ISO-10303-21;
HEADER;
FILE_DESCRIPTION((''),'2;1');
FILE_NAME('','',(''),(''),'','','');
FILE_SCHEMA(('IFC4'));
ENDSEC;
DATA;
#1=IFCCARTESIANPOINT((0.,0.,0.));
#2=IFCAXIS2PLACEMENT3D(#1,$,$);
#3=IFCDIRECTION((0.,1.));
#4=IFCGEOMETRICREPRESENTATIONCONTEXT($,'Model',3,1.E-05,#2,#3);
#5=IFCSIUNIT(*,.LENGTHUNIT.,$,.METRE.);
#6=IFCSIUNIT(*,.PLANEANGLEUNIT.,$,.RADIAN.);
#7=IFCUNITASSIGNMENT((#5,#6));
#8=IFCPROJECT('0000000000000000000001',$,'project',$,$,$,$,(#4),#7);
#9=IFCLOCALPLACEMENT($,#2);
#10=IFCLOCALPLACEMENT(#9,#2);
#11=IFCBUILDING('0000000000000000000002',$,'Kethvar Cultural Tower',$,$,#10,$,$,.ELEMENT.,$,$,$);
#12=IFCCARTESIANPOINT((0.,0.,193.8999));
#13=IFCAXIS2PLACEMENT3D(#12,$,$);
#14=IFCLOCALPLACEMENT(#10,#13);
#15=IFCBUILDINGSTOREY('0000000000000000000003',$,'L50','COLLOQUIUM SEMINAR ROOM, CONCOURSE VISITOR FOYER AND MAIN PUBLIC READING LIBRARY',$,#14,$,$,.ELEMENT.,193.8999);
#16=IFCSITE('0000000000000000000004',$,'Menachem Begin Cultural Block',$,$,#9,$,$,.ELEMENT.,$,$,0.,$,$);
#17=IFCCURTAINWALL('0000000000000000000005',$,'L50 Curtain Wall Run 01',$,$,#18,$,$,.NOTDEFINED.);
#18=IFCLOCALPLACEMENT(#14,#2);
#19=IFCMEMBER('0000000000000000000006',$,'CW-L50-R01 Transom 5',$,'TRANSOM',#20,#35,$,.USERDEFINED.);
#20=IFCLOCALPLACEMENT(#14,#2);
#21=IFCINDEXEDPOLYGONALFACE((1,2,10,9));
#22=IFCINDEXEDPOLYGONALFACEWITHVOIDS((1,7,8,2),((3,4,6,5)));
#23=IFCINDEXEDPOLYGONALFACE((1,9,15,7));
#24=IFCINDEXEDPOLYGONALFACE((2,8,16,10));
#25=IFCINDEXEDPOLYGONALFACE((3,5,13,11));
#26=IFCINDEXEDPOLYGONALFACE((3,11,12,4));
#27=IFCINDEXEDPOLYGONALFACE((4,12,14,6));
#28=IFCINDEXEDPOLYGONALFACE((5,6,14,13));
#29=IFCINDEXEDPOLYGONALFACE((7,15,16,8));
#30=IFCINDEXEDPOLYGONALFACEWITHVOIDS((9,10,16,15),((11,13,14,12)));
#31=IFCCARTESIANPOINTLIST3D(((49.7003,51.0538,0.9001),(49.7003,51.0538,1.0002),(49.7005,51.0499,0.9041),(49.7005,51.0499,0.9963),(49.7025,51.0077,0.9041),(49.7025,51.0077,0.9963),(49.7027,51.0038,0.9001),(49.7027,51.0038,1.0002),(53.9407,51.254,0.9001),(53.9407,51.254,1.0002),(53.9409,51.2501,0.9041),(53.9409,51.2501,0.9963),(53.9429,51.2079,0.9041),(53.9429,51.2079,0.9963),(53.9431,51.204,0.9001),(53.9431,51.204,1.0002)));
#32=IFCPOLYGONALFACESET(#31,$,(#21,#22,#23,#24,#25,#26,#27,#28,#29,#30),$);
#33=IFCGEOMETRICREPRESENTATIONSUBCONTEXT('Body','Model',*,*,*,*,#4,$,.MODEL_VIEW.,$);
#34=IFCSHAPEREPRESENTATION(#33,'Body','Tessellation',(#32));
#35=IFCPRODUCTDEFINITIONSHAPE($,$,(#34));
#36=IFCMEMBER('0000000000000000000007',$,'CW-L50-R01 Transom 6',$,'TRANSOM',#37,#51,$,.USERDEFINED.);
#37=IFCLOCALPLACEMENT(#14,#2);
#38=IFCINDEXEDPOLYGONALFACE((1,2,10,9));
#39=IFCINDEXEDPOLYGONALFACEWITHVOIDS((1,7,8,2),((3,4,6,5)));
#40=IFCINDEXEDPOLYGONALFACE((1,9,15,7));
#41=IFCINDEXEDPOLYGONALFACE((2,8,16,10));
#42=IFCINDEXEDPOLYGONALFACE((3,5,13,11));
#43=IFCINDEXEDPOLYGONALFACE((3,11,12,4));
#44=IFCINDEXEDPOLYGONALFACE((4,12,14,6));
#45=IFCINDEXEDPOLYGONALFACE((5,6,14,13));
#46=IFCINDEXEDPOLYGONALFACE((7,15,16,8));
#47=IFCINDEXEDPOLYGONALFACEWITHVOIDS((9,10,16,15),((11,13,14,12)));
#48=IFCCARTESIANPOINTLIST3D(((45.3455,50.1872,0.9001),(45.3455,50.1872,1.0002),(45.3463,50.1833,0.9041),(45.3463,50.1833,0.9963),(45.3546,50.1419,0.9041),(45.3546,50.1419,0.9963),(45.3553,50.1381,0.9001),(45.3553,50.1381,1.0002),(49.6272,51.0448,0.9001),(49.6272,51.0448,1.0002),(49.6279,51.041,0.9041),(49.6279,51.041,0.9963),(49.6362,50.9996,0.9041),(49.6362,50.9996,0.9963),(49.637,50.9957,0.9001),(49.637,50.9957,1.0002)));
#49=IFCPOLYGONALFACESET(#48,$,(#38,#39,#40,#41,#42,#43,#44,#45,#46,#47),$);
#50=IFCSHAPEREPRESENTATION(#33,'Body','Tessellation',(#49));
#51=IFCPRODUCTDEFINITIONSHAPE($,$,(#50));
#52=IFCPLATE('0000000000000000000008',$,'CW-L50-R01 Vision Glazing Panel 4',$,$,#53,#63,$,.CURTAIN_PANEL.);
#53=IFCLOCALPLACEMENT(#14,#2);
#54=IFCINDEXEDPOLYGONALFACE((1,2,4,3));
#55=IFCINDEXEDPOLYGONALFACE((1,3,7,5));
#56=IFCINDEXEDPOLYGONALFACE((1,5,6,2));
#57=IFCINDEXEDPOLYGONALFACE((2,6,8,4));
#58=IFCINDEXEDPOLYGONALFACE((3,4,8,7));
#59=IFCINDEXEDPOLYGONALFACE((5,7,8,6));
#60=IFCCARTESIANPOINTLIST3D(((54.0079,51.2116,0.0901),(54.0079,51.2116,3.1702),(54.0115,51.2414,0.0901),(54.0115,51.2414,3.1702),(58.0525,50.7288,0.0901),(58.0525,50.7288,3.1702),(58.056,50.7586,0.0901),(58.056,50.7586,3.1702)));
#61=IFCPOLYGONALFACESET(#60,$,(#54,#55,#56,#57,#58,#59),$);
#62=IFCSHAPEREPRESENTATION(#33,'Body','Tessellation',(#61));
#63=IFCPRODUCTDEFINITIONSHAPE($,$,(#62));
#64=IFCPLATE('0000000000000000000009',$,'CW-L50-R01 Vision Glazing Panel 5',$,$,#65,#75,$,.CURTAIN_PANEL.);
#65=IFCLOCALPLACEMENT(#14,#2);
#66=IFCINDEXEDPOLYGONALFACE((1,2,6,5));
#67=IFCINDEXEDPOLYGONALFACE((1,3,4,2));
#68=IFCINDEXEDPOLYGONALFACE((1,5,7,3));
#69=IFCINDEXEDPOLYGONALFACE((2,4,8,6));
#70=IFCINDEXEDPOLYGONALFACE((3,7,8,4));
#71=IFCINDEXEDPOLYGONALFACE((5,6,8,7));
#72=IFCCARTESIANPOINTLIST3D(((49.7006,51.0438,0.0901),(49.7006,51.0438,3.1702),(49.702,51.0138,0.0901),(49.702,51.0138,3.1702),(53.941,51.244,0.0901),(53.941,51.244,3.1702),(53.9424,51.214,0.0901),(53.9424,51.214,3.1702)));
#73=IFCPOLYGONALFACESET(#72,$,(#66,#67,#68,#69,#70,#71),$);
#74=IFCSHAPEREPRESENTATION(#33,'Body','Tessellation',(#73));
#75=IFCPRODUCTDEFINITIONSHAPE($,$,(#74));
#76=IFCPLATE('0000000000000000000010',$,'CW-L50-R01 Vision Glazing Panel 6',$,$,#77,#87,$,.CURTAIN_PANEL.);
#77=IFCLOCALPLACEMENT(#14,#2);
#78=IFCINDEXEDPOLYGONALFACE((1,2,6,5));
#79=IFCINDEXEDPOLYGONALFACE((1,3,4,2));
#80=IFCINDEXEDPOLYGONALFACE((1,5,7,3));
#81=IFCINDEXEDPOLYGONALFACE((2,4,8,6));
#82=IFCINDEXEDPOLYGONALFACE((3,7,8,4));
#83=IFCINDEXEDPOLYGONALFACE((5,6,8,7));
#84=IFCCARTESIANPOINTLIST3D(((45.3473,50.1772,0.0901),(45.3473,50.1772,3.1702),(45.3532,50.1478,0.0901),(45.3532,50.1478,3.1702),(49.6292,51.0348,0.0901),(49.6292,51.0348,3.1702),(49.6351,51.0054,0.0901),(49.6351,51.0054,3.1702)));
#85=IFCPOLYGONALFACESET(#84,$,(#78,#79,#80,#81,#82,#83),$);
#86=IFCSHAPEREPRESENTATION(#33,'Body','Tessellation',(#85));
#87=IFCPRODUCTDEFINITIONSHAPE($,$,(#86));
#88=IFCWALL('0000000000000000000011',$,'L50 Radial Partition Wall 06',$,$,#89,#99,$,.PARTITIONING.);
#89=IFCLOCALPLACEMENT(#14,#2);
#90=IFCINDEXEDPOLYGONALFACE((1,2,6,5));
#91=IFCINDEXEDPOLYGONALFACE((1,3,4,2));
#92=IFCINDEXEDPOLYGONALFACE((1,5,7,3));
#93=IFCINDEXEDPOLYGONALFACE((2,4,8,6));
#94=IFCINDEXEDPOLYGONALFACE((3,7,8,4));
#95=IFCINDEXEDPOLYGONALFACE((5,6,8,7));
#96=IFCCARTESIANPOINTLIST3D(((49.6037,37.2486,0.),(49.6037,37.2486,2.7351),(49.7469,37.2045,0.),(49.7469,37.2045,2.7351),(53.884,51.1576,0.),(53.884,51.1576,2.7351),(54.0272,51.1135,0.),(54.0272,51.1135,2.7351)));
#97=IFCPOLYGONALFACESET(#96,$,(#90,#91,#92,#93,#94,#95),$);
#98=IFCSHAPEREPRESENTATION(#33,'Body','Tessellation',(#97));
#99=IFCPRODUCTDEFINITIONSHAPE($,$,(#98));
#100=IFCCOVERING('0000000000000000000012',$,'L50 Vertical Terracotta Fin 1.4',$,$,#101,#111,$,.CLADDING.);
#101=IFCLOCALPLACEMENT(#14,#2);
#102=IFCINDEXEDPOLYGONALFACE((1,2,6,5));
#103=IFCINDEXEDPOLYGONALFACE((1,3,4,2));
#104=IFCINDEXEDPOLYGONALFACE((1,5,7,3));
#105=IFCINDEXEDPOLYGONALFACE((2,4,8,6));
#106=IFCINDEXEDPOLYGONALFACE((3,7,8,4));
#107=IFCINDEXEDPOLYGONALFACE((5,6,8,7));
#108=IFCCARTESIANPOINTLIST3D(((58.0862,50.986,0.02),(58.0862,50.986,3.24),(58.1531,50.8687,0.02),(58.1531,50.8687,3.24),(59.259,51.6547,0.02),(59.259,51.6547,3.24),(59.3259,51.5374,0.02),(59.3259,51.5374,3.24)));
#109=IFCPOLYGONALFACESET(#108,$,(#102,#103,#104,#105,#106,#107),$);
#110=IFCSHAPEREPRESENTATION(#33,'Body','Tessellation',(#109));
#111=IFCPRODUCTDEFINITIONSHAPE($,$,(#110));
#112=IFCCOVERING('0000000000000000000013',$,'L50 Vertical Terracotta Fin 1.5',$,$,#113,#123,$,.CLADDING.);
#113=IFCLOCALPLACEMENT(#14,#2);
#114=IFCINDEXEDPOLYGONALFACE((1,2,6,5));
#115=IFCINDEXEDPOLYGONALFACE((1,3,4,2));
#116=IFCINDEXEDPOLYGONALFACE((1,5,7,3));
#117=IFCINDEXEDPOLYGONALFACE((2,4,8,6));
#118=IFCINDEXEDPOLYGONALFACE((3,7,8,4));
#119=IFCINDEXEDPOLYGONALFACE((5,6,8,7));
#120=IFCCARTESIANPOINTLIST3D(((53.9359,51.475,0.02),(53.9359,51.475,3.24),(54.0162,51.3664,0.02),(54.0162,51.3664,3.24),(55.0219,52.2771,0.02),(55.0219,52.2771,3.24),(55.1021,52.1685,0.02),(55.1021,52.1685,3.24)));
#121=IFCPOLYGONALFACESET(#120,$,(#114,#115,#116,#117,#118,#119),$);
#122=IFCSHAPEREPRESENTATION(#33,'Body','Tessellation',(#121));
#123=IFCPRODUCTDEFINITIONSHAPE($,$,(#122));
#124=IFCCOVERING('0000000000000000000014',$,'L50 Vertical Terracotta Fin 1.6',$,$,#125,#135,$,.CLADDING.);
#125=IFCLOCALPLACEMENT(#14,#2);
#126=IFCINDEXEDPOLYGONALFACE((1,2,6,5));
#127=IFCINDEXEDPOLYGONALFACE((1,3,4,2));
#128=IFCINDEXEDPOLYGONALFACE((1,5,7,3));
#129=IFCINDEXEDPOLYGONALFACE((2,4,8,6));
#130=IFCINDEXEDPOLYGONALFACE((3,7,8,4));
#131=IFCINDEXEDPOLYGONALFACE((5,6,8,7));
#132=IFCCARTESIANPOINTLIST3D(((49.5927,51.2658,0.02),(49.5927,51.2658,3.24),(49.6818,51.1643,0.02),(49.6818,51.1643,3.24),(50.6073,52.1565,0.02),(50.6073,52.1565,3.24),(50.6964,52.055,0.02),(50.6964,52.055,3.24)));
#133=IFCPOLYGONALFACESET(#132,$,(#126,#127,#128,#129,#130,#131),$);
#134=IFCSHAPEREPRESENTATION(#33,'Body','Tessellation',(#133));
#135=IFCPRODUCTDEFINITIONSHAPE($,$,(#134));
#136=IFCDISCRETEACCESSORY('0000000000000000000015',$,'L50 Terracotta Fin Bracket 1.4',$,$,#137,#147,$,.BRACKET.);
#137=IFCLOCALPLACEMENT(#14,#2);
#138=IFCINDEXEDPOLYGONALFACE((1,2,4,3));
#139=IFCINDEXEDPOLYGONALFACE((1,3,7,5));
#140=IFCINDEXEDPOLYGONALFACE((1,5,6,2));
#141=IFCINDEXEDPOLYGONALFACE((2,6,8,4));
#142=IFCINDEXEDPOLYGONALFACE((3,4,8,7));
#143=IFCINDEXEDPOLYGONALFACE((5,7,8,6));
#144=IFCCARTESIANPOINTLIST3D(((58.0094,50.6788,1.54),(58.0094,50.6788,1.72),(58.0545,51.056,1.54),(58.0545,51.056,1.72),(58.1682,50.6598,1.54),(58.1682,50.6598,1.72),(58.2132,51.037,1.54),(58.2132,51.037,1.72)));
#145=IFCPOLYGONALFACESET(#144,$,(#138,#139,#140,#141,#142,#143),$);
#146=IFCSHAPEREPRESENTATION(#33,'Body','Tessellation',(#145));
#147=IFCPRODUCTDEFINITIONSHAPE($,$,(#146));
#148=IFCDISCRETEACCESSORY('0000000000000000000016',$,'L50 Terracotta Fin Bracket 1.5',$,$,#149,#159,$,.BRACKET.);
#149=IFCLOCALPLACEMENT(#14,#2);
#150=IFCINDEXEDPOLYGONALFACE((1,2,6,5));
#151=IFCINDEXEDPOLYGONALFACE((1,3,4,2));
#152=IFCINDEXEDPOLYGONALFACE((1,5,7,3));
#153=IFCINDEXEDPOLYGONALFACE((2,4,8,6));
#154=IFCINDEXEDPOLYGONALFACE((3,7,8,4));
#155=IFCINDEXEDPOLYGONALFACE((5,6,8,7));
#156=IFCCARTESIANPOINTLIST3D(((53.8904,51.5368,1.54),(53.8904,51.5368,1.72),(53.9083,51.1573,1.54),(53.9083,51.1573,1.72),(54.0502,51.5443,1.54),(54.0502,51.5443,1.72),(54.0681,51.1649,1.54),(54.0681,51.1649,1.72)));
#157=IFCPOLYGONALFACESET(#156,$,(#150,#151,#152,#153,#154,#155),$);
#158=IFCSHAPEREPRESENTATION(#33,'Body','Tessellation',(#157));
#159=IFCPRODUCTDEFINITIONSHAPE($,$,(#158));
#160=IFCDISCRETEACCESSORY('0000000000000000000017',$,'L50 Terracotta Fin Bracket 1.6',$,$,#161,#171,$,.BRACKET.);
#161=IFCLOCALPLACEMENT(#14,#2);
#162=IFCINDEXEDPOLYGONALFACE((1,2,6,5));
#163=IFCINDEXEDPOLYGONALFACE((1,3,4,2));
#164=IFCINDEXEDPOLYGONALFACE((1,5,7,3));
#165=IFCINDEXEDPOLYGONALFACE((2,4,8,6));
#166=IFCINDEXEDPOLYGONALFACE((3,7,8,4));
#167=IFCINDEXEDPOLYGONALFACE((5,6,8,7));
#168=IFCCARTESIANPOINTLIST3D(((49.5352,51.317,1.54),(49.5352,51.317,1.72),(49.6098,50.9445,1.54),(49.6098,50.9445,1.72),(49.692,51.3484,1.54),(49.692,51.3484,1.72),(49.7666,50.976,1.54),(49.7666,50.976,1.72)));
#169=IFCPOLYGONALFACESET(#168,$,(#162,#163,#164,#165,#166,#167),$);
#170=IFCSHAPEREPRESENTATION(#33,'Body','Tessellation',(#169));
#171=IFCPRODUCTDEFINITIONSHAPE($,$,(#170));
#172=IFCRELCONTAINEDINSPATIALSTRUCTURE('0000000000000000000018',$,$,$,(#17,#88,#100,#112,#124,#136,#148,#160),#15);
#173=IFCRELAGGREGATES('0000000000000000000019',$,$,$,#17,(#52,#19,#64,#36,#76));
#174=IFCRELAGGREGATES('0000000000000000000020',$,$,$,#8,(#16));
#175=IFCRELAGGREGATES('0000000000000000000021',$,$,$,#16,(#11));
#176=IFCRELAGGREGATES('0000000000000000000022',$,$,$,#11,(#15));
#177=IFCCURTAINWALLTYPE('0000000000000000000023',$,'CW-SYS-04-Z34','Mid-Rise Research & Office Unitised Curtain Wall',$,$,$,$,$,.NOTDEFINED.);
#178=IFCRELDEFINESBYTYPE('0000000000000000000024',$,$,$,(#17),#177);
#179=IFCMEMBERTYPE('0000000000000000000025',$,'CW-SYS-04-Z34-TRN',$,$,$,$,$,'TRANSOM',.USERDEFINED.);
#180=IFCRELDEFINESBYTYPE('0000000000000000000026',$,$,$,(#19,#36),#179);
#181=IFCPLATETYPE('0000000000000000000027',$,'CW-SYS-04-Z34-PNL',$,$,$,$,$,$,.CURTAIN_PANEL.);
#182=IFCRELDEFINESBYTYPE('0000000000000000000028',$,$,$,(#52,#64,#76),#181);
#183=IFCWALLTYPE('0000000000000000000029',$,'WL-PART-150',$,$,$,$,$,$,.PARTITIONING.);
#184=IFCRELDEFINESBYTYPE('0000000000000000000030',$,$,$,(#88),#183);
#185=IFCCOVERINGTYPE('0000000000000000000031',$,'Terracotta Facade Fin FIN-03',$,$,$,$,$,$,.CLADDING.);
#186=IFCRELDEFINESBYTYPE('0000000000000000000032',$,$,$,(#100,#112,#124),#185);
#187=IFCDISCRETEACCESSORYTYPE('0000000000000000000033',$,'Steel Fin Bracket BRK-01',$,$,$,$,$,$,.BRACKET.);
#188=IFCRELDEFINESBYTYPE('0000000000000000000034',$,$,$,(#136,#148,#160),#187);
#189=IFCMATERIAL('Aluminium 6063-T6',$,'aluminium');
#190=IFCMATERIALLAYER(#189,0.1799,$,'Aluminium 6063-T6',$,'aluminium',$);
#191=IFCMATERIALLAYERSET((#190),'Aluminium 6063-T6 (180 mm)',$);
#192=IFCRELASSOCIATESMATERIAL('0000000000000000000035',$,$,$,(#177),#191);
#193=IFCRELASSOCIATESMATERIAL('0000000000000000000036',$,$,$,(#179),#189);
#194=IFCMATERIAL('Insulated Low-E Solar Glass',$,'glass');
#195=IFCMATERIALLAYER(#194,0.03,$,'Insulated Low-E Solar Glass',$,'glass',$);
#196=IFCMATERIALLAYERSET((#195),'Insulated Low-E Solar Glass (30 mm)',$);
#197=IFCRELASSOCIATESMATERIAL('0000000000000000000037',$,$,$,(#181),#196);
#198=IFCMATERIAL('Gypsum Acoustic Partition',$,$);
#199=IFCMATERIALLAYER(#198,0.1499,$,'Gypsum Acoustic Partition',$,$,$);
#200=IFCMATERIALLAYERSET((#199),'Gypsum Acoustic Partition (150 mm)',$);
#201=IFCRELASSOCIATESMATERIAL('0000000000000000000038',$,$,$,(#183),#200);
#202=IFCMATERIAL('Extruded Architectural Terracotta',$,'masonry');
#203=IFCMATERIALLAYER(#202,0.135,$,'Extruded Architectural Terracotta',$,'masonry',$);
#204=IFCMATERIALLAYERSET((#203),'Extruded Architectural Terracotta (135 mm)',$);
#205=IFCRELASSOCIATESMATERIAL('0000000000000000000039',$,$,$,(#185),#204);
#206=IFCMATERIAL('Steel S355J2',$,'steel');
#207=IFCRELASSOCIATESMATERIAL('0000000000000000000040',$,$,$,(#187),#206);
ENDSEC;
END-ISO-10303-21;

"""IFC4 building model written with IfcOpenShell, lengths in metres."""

from ifc_helpers import new_model, si_unit, direction, frame, frame_2d, origin, origin_2d, place, context, subcontext, project, spatial, rectangle, hollow_rectangle, extrude, source, transform, mapped, material, layer, layer_set, material_profile, profile_set, type_object, element, aggregate, save


model = new_model("IFC4")

# Units and contexts
model_context = context("Model", 3, precision=1e-05, world=origin(), true_north=direction((0.0, 1.0)))
body_context = subcontext(model_context, "Body", "Model", "MODEL_VIEW")
ifc_project = project(units=[si_unit("LENGTHUNIT", "METRE"), si_unit("PLANEANGLEUNIT", "RADIAN")], contexts=[model_context])

# Site, building, storey
site_placement = place(None, origin())
site = spatial("IfcSite", under=ifc_project, at=site_placement, Name="Menachem Begin Cultural Block", CompositionType="ELEMENT", RefElevation=0.0)
building_placement = place(site_placement, origin())
building = spatial("IfcBuilding", under=site, at=building_placement, Name="Kethvar Cultural Tower", CompositionType="ELEMENT")
storey_placement = place(building_placement, frame((0.0, 0.0, 193.8999)))
storey = spatial("IfcBuildingStorey", under=building, at=storey_placement, Name="L50", Description="COLLOQUIUM SEMINAR ROOM, CONCOURSE VISITOR FOYER AND MAIN PUBLIC READING LIBRARY", CompositionType="ELEMENT", Elevation=193.8999)

# Shared definitions
ifc_material_1 = material(Name="Steel S355J2", Category="steel")

# Curtain wall, members, plates
ifc_material_2 = material(Name="Aluminium 6063-T6", Category="aluminium")
ifc_layer_1 = layer(ifc_material_2, 0.1799, Name="Aluminium 6063-T6", Category="aluminium")
ifc_layer_set_1 = layer_set([ifc_layer_1], Name="Aluminium 6063-T6 (180 mm)")
curtain_wall_type = type_object("IfcCurtainWallType", Name="CW-SYS-04-Z34", Description="Mid-Rise Research & Office Unitised Curtain Wall", PredefinedType="NOTDEFINED", material=ifc_layer_set_1)
curtain_wall_placement = place(storey_placement, origin())
curtain_wall = element("IfcCurtainWall", 1, at=curtain_wall_placement, inside=storey, type_object=curtain_wall_type, Name="L50 Curtain Wall Run 01", PredefinedType="NOTDEFINED")
ifc_material_profile_1 = material_profile(ifc_material_2, hollow_rectangle(XDim=0.05, YDim=0.1001, WallThickness=0.0039, at=origin_2d()), Name="Aluminium 6063-T6 — RHS100x50x4")
ifc_profile_set_1 = profile_set([ifc_material_profile_1], Name="Aluminium 6063-T6 — RHS100x50x4")
member_type_1 = type_object("IfcMemberType", Name="CW-SYS-04-Z34-TRN", ElementType="TRANSOM", PredefinedType="USERDEFINED", material=ifc_profile_set_1)
shared_shape_1 = source(origin(), body_context, "Body", "SweptSolid", [
    extrude(hollow_rectangle(XDim=0.05, YDim=0.1001, WallThickness=0.0039, at=origin_2d()), origin(), (0.0, 0.0, 1.0), 4.2451),
])
member_1_placement = place(storey_placement, frame((53.9419, 51.229, 0.9502), z_axis=(-0.998887, -0.047158, 0.0), x_axis=(0.047158, -0.998887, 0.0)))
member_1 = element("IfcMember", 2, at=member_1_placement, type_object=member_type_1, Name="CW-L50-R01 Transom 5", ObjectType="TRANSOM", PredefinedType="USERDEFINED", context=body_context, shape_type="MappedRepresentation", body=[
    mapped(shared_shape_1, transform((0.0, 0.0, 0.0), scale=1.0)),
])
shared_shape_2 = source(origin(), body_context, "Body", "SweptSolid", [
    extrude(hollow_rectangle(XDim=0.05, YDim=0.1001, WallThickness=0.0039, at=origin_2d()), origin(), (0.0, 0.0, 1.0), 4.3667),
])
member_2_placement = place(storey_placement, frame((49.6321, 51.0203, 0.9502), z_axis=(-0.980523, -0.196406, 0.0), x_axis=(0.196406, -0.980523, 0.0)))
member_2 = element("IfcMember", 3, at=member_2_placement, type_object=member_type_1, Name="CW-L50-R01 Transom 6", ObjectType="TRANSOM", PredefinedType="USERDEFINED", context=body_context, shape_type="MappedRepresentation", body=[
    mapped(shared_shape_2, transform((0.0, 0.0, 0.0), scale=1.0)),
])
ifc_material_3 = material(Name="Insulated Low-E Solar Glass", Category="glass")
ifc_layer_2 = layer(ifc_material_3, 0.03, Name="Insulated Low-E Solar Glass", Category="glass")
ifc_layer_set_2 = layer_set([ifc_layer_2], Name="Insulated Low-E Solar Glass (30 mm)")
plate_type = type_object("IfcPlateType", Name="CW-SYS-04-Z34-PNL", PredefinedType="CURTAIN_PANEL", material=ifc_layer_set_2)
shared_shape_3 = source(origin(), body_context, "Body", "SweptSolid", [
    extrude(rectangle(XDim=4.0732, YDim=0.03, at=origin_2d()), origin(), (0.0, 0.0, 1.0), 3.0801),
])
plate_1_placement = place(storey_placement, frame((56.032, 50.9851, 0.0901), z_axis=(0.0, 0.0, 1.0), x_axis=(-0.992951, 0.118525, 0.0)))
plate_1 = element("IfcPlate", 4, at=plate_1_placement, type_object=plate_type, Name="CW-L50-R01 Vision Glazing Panel 4", PredefinedType="CURTAIN_PANEL", context=body_context, shape_type="MappedRepresentation", body=[
    mapped(shared_shape_3, transform((0.0, 0.0, 0.0), scale=1.0)),
])
shared_shape_4 = source(origin(), body_context, "Body", "SweptSolid", [
    extrude(rectangle(XDim=4.2451, YDim=0.03, at=origin_2d()), origin(), (0.0, 0.0, 1.0), 3.0801),
])
plate_2_placement = place(storey_placement, frame((51.8215, 51.1289, 0.0901), z_axis=(0.0, 0.0, 1.0), x_axis=(-0.998887, -0.047159, 0.0)))
plate_2 = element("IfcPlate", 5, at=plate_2_placement, type_object=plate_type, Name="CW-L50-R01 Vision Glazing Panel 5", PredefinedType="CURTAIN_PANEL", context=body_context, shape_type="MappedRepresentation", body=[
    mapped(shared_shape_4, transform((0.0, 0.0, 0.0), scale=1.0)),
])
shared_shape_5 = source(origin(), body_context, "Body", "SweptSolid", [
    extrude(rectangle(XDim=4.3669, YDim=0.03, at=origin_2d()), origin(), (0.0, 0.0, 1.0), 3.0801),
])
plate_3_placement = place(storey_placement, frame((47.4912, 50.5913, 0.0901), z_axis=(0.0, 0.0, 1.0), x_axis=(-0.980526, -0.196391, 0.0)))
plate_3 = element("IfcPlate", 6, at=plate_3_placement, type_object=plate_type, Name="CW-L50-R01 Vision Glazing Panel 6", PredefinedType="CURTAIN_PANEL", context=body_context, shape_type="MappedRepresentation", body=[
    mapped(shared_shape_5, transform((0.0, 0.0, 0.0), scale=1.0)),
])
aggregate(curtain_wall, [plate_1, member_1, plate_2, member_2, plate_3])

# Wall
ifc_material_4 = material(Name="Gypsum Acoustic Partition")
ifc_layer_3 = layer(ifc_material_4, 0.1499, Name="Gypsum Acoustic Partition")
ifc_layer_set_3 = layer_set([ifc_layer_3], Name="Gypsum Acoustic Partition (150 mm)")
wall_type_1 = type_object("IfcWallType", Name="WL-PART-150", PredefinedType="PARTITIONING", material=ifc_layer_set_3)
wall_1_placement = place(storey_placement, frame((49.6753, 37.2266, 0.0), z_axis=(0.0, 0.0, 1.0), x_axis=(0.294124, 0.955767, 0.0)))
element("IfcWall", 7, at=wall_1_placement, inside=storey, type_object=wall_type_1, Name="L50 Radial Partition Wall 06", PredefinedType="PARTITIONING", context=body_context, shape_type="SweptSolid", body=[
    extrude(rectangle(XDim=14.5527, YDim=0.1499, at=frame_2d((7.2764, 0.0))), origin(), (0.0, 0.0, 1.0), 2.7351),
])

# Coverings
ifc_material_5 = material(Name="Extruded Architectural Terracotta", Category="masonry")
ifc_layer_4 = layer(ifc_material_5, 0.135, Name="Extruded Architectural Terracotta", Category="masonry")
ifc_layer_set_4 = layer_set([ifc_layer_4], Name="Extruded Architectural Terracotta (135 mm)")
covering_type = type_object("IfcCoveringType", Name="Terracotta Facade Fin FIN-03", PredefinedType="CLADDING", material=ifc_layer_set_4)
shared_shape_6 = source(origin(), body_context, "Body", "SweptSolid", [
    extrude(rectangle(XDim=1.3501, YDim=0.135, at=origin_2d()), origin(), (0.0, 0.0, 1.0), 3.22),
])
for number, where, z_axis, x_axis, name in (
    (8, (58.7061, 51.2617, 0.02), (0.0, 0.0, 1.0), (0.868718, 0.495307, 0.0), "L50 Vertical Terracotta Fin 1.4"),
    (9, (54.519, 51.8218, 0.02), (0.0, 0.0, 1.0), (0.804376, 0.594121, 0.0), "L50 Vertical Terracotta Fin 1.5"),
    (10, (50.1445, 51.6604, 0.02), (0.0, 0.0, 1.0), (0.751494, 0.659739, 0.0), "L50 Vertical Terracotta Fin 1.6"),
):
    element("IfcCovering", number, at=place(storey_placement, frame(where, z_axis=z_axis, x_axis=x_axis)), inside=storey, type_object=covering_type, Name=name, PredefinedType="CLADDING", context=body_context, shape_type="MappedRepresentation", body=[
        mapped(shared_shape_6, transform((0.0, 0.0, 0.0), scale=1.0)),
    ])

# Discrete accessories
discrete_accessory_type = type_object("IfcDiscreteAccessoryType", Name="Steel Fin Bracket BRK-01", PredefinedType="BRACKET", material=ifc_material_1)
shared_shape_7 = source(origin(), body_context, "Body", "SweptSolid", [
    extrude(rectangle(XDim=0.3799, YDim=0.1599, at=origin_2d()), origin(), (0.0, 0.0, 1.0), 0.1799),
])
for number, where, z_axis, x_axis, name in (
    (11, (58.1113, 50.8579, 1.54), (0.0, 0.0, 1.0), (0.118577, 0.992945, 0.0), "L50 Terracotta Fin Bracket 1.4"),
    (12, (53.9792, 51.3508, 1.54), (0.0, 0.0, 1.0), (-0.047106, 0.99889, 0.0), "L50 Terracotta Fin Bracket 1.5"),
    (13, (49.6509, 51.1465, 1.54), (0.0, 0.0, 1.0), (-0.19646, 0.980512, 0.0), "L50 Terracotta Fin Bracket 1.6"),
):
    element("IfcDiscreteAccessory", number, at=place(storey_placement, frame(where, z_axis=z_axis, x_axis=x_axis)), inside=storey, type_object=discrete_accessory_type, Name=name, PredefinedType="BRACKET", context=body_context, shape_type="MappedRepresentation", body=[
        mapped(shared_shape_7, transform((0.0, 0.0, 0.0), scale=1.0)),
    ])

save(model, "model.ifc")
